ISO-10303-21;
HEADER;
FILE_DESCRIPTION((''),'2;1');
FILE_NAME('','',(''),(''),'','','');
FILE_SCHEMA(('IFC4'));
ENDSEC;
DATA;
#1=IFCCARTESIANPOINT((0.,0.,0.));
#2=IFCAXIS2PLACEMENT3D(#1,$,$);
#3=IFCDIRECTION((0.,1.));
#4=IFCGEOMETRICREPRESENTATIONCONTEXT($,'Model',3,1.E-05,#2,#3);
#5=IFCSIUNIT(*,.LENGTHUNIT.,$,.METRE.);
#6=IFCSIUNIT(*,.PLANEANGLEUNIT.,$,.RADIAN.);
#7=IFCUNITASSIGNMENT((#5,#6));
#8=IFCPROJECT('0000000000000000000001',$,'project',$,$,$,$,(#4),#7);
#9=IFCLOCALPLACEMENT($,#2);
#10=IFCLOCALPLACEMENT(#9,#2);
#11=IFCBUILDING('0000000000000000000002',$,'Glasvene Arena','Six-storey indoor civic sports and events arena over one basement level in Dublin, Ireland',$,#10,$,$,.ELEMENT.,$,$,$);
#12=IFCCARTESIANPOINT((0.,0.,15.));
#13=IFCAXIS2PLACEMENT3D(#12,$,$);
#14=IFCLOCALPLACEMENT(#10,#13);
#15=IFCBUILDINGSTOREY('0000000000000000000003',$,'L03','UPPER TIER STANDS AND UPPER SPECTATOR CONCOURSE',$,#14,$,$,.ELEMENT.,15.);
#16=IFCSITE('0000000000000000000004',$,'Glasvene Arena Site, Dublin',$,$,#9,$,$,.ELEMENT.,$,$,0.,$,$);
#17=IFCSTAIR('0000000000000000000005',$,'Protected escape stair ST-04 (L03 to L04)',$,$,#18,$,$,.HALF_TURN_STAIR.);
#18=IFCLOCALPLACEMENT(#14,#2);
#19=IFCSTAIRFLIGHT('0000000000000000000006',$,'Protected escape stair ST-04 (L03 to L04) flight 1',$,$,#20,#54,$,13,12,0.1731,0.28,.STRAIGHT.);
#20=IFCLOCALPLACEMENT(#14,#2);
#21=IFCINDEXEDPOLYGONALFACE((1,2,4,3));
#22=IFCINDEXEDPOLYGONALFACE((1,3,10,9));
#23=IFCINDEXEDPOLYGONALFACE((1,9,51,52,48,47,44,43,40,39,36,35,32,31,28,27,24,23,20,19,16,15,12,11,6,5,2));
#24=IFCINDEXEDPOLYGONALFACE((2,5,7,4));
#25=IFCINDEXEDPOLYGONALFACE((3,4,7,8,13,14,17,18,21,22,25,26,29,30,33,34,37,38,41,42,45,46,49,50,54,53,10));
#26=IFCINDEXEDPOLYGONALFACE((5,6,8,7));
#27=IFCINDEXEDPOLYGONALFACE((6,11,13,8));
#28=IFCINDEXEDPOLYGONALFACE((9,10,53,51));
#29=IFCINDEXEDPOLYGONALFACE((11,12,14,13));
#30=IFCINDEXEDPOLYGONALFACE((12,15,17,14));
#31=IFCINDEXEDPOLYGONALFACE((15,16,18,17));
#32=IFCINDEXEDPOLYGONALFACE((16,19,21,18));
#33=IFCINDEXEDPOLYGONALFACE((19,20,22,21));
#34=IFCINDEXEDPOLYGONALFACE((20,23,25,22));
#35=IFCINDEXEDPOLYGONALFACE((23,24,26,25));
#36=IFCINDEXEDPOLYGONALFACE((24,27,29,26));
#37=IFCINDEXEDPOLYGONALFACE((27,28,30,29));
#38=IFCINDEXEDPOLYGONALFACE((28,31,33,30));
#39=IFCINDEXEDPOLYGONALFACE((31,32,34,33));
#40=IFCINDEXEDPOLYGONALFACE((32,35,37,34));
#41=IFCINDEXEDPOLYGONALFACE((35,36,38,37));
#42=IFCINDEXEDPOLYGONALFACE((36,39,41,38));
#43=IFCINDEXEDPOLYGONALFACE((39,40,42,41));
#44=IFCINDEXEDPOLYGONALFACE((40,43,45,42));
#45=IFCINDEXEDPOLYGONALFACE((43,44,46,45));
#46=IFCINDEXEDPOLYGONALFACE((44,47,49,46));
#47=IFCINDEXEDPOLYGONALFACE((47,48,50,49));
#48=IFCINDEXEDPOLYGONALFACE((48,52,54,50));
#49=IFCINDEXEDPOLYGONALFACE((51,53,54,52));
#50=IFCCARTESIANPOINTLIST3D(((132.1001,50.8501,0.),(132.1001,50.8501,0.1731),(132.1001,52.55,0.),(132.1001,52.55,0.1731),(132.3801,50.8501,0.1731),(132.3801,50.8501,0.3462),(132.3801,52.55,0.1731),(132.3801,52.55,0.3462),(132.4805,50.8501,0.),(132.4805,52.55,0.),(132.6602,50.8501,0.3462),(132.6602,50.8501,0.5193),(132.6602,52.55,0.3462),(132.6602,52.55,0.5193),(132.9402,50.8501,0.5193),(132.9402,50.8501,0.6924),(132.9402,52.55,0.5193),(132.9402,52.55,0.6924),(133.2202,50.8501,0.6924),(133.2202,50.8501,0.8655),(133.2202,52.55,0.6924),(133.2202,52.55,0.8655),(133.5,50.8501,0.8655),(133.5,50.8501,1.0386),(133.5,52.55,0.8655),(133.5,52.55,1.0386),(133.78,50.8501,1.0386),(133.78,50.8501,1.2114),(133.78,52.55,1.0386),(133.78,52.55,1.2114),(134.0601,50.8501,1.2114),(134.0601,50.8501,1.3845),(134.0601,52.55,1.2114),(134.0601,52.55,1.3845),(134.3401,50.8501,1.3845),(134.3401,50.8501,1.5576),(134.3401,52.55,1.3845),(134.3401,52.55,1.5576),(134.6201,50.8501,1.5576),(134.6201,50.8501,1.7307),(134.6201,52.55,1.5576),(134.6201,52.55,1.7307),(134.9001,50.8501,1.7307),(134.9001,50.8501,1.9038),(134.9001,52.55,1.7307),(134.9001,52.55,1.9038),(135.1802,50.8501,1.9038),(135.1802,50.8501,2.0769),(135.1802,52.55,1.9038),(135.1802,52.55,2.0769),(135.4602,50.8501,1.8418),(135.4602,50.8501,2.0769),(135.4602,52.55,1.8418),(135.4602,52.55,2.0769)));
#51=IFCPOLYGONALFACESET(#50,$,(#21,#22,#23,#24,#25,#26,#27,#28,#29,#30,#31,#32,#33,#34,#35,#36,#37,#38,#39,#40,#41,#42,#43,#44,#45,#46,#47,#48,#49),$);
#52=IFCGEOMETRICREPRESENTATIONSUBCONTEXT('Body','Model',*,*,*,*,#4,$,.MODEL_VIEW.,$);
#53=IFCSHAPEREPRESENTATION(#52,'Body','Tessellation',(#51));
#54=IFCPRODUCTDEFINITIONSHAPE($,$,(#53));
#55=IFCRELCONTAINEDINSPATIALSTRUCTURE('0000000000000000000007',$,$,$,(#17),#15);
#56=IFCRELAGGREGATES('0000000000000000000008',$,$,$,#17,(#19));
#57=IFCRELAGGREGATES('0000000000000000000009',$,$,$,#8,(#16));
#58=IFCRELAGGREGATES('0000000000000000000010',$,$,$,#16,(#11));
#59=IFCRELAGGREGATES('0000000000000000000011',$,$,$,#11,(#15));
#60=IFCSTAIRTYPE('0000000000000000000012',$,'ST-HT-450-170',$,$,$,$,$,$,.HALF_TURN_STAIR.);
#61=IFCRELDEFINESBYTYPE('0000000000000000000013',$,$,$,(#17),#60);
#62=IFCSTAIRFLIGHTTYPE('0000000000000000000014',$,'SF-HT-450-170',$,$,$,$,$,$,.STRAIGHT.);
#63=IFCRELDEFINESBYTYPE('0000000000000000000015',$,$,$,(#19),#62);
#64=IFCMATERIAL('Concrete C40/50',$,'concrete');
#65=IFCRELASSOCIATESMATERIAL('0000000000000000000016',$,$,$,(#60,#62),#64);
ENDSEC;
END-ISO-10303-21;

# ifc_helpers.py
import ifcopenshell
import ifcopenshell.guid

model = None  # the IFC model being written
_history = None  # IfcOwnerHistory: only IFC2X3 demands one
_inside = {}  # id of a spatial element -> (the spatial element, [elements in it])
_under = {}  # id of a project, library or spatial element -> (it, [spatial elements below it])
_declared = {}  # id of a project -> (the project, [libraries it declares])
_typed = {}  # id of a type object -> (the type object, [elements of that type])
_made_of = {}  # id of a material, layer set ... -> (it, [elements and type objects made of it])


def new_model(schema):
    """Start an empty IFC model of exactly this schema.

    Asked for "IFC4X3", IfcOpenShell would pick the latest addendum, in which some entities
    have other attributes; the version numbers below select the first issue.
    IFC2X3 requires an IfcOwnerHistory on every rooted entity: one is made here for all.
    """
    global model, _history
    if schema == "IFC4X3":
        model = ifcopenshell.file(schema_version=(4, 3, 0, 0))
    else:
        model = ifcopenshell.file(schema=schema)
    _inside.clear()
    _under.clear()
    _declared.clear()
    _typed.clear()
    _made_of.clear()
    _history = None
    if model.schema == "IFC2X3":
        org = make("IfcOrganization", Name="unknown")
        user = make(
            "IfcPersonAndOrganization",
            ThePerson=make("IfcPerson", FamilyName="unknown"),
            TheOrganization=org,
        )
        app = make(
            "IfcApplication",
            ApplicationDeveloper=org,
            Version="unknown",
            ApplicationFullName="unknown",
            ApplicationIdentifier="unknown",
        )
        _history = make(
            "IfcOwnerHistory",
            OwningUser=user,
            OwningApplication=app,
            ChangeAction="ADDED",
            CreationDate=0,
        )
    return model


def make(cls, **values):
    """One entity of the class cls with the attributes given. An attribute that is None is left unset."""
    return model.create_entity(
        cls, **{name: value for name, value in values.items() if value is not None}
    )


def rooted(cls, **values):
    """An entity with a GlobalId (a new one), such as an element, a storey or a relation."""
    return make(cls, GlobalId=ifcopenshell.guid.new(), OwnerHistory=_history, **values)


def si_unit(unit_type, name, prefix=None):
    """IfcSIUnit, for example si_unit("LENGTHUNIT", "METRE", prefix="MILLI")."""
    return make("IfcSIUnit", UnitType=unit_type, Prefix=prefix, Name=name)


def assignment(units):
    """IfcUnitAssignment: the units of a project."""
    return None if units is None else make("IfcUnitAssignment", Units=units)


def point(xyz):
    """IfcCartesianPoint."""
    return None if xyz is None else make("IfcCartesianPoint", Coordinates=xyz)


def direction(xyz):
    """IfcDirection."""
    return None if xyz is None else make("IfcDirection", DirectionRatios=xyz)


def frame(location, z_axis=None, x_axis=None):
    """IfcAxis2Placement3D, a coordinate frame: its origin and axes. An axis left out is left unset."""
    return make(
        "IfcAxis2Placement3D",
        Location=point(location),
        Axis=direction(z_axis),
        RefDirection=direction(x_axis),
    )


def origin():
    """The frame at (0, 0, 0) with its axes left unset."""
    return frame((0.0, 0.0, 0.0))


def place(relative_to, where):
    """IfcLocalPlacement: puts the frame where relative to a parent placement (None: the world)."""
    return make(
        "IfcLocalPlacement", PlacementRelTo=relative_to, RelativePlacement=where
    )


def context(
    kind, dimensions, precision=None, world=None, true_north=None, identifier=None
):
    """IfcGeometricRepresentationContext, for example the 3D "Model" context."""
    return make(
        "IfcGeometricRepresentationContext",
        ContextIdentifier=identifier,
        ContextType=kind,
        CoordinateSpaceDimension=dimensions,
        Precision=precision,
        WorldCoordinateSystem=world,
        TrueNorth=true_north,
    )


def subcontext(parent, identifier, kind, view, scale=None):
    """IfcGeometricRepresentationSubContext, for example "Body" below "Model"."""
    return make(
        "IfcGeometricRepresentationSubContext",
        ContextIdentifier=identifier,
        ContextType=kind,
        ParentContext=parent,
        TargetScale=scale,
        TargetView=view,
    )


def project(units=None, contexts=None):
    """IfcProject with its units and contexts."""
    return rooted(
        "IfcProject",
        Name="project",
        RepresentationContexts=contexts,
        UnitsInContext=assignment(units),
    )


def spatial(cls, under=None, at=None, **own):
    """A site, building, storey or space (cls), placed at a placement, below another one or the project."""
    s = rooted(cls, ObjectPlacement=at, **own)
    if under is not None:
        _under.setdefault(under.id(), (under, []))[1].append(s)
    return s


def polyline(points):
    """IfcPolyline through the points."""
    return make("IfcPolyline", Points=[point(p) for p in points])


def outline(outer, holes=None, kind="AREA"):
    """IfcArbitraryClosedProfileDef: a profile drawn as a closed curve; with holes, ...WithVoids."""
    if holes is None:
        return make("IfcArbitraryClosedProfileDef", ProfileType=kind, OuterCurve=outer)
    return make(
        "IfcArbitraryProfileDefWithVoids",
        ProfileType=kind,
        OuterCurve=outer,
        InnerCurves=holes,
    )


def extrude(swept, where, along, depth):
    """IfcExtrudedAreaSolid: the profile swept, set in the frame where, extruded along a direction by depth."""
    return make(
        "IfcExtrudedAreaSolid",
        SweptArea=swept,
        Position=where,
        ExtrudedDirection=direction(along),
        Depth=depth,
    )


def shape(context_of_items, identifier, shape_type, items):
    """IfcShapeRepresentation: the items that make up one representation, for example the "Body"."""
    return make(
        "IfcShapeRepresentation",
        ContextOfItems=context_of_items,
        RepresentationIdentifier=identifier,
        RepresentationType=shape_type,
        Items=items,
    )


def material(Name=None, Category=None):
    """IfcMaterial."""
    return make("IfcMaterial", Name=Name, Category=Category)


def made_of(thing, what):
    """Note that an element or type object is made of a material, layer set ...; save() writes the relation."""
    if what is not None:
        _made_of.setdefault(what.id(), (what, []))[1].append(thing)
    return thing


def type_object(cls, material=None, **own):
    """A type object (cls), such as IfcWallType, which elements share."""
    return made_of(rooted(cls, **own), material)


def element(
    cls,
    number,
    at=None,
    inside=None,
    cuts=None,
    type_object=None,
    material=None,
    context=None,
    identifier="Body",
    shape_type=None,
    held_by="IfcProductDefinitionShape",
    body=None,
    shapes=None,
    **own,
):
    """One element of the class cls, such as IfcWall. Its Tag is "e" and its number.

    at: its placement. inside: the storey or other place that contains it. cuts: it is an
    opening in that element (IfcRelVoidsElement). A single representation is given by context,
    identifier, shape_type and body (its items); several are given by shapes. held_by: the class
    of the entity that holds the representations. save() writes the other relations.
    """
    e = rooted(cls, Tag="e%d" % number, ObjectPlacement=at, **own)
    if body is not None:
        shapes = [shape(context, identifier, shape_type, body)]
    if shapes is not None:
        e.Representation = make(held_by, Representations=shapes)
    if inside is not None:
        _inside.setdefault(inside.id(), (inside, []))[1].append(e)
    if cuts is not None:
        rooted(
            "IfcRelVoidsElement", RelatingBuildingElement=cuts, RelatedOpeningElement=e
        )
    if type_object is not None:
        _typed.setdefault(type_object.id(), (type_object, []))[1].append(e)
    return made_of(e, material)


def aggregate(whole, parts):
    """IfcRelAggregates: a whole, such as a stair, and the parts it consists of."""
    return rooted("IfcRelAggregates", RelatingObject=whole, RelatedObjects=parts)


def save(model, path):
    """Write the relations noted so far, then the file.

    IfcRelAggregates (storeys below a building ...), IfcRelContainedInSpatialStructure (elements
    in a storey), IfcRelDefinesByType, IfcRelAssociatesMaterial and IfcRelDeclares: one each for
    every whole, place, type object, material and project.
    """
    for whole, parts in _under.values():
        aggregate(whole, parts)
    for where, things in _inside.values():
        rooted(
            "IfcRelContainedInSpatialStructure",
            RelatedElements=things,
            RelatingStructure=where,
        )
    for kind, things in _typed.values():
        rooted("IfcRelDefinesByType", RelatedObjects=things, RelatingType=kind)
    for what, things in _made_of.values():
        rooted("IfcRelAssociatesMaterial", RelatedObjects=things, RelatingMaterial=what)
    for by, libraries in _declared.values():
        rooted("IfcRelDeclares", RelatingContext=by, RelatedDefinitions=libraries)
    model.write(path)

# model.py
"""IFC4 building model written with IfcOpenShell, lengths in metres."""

from ifc_helpers import new_model, si_unit, direction, frame, origin, place, context, subcontext, project, spatial, polyline, outline, extrude, material, type_object, element, aggregate, save


model = new_model("IFC4")

# Units and contexts
model_context = context("Model", 3, precision=1e-05, world=origin(), true_north=direction((0.0, 1.0)))
body_context = subcontext(model_context, "Body", "Model", "MODEL_VIEW")
ifc_project = project(units=[si_unit("LENGTHUNIT", "METRE"), si_unit("PLANEANGLEUNIT", "RADIAN")], contexts=[model_context])

# Site, building, storey
site_placement = place(None, origin())
site = spatial("IfcSite", under=ifc_project, at=site_placement, Name="Glasvene Arena Site, Dublin", CompositionType="ELEMENT", RefElevation=0.0)
building_placement = place(site_placement, origin())
building = spatial("IfcBuilding", under=site, at=building_placement, Name="Glasvene Arena", Description="Six-storey indoor civic sports and events arena over one basement level in Dublin, Ireland", CompositionType="ELEMENT")
storey_placement = place(building_placement, frame((0.0, 0.0, 15.0)))
storey = spatial("IfcBuildingStorey", under=building, at=storey_placement, Name="L03", Description="UPPER TIER STANDS AND UPPER SPECTATOR CONCOURSE", CompositionType="ELEMENT", Elevation=15.0)

# Shared definitions
ifc_material_1 = material(Name="Concrete C40/50", Category="concrete")

# Stair, stair flight
stair_type = type_object("IfcStairType", Name="ST-HT-450-170", PredefinedType="HALF_TURN_STAIR", material=ifc_material_1)
stair_placement = place(storey_placement, origin())
stair = element("IfcStair", 1, at=stair_placement, inside=storey, type_object=stair_type, Name="Protected escape stair ST-04 (L03 to L04)", PredefinedType="HALF_TURN_STAIR")
stair_flight_type = type_object("IfcStairFlightType", Name="SF-HT-450-170", PredefinedType="STRAIGHT", material=ifc_material_1)
stair_flight_placement = place(storey_placement, frame((132.1001, 51.7, 0.0), z_axis=(0.0, 0.0, 1.0), x_axis=(1.0, 0.0, 0.0)))
stair_flight = element("IfcStairFlight", 2, at=stair_flight_placement, type_object=stair_flight_type, Name="Protected escape stair ST-04 (L03 to L04) flight 1", NumberOfRisers=13, NumberOfTreads=12, PredefinedType="STRAIGHT", RiserHeight=0.1731, TreadLength=0.28, context=body_context, shape_type="SweptSolid", body=[
    extrude(outline(polyline([(0.0, 0.0), (0.0, 0.1731), (0.28, 0.1731), (0.28, 0.3462), (0.5601, 0.3462), (0.5601, 0.5193), (0.8401, 0.5193), (0.8401, 0.6924), (1.1201, 0.6924), (1.1201, 0.8655), (1.3999, 0.8655), (1.3999, 1.0386), (1.6799, 1.0386), (1.6799, 1.2114), (1.96, 1.2114), (1.96, 1.3845), (2.24, 1.3845), (2.24, 1.5576), (2.52, 1.5576), (2.52, 1.7307), (2.8, 1.7307), (2.8, 1.9038), (3.0801, 1.9038), (3.0801, 2.0769), (3.3601, 2.0769), (3.3601, 2.25), (3.3601, 1.8418), (0.3804, 0.0), (0.0, 0.0)])), frame((0.0, 0.8501, 0.0), z_axis=(0.0, -1.0, 0.0), x_axis=(1.0, 0.0, 0.0)), (0.0, 0.0, 1.0), 1.7),
])
aggregate(stair, [stair_flight])

save(model, "model.ifc")
